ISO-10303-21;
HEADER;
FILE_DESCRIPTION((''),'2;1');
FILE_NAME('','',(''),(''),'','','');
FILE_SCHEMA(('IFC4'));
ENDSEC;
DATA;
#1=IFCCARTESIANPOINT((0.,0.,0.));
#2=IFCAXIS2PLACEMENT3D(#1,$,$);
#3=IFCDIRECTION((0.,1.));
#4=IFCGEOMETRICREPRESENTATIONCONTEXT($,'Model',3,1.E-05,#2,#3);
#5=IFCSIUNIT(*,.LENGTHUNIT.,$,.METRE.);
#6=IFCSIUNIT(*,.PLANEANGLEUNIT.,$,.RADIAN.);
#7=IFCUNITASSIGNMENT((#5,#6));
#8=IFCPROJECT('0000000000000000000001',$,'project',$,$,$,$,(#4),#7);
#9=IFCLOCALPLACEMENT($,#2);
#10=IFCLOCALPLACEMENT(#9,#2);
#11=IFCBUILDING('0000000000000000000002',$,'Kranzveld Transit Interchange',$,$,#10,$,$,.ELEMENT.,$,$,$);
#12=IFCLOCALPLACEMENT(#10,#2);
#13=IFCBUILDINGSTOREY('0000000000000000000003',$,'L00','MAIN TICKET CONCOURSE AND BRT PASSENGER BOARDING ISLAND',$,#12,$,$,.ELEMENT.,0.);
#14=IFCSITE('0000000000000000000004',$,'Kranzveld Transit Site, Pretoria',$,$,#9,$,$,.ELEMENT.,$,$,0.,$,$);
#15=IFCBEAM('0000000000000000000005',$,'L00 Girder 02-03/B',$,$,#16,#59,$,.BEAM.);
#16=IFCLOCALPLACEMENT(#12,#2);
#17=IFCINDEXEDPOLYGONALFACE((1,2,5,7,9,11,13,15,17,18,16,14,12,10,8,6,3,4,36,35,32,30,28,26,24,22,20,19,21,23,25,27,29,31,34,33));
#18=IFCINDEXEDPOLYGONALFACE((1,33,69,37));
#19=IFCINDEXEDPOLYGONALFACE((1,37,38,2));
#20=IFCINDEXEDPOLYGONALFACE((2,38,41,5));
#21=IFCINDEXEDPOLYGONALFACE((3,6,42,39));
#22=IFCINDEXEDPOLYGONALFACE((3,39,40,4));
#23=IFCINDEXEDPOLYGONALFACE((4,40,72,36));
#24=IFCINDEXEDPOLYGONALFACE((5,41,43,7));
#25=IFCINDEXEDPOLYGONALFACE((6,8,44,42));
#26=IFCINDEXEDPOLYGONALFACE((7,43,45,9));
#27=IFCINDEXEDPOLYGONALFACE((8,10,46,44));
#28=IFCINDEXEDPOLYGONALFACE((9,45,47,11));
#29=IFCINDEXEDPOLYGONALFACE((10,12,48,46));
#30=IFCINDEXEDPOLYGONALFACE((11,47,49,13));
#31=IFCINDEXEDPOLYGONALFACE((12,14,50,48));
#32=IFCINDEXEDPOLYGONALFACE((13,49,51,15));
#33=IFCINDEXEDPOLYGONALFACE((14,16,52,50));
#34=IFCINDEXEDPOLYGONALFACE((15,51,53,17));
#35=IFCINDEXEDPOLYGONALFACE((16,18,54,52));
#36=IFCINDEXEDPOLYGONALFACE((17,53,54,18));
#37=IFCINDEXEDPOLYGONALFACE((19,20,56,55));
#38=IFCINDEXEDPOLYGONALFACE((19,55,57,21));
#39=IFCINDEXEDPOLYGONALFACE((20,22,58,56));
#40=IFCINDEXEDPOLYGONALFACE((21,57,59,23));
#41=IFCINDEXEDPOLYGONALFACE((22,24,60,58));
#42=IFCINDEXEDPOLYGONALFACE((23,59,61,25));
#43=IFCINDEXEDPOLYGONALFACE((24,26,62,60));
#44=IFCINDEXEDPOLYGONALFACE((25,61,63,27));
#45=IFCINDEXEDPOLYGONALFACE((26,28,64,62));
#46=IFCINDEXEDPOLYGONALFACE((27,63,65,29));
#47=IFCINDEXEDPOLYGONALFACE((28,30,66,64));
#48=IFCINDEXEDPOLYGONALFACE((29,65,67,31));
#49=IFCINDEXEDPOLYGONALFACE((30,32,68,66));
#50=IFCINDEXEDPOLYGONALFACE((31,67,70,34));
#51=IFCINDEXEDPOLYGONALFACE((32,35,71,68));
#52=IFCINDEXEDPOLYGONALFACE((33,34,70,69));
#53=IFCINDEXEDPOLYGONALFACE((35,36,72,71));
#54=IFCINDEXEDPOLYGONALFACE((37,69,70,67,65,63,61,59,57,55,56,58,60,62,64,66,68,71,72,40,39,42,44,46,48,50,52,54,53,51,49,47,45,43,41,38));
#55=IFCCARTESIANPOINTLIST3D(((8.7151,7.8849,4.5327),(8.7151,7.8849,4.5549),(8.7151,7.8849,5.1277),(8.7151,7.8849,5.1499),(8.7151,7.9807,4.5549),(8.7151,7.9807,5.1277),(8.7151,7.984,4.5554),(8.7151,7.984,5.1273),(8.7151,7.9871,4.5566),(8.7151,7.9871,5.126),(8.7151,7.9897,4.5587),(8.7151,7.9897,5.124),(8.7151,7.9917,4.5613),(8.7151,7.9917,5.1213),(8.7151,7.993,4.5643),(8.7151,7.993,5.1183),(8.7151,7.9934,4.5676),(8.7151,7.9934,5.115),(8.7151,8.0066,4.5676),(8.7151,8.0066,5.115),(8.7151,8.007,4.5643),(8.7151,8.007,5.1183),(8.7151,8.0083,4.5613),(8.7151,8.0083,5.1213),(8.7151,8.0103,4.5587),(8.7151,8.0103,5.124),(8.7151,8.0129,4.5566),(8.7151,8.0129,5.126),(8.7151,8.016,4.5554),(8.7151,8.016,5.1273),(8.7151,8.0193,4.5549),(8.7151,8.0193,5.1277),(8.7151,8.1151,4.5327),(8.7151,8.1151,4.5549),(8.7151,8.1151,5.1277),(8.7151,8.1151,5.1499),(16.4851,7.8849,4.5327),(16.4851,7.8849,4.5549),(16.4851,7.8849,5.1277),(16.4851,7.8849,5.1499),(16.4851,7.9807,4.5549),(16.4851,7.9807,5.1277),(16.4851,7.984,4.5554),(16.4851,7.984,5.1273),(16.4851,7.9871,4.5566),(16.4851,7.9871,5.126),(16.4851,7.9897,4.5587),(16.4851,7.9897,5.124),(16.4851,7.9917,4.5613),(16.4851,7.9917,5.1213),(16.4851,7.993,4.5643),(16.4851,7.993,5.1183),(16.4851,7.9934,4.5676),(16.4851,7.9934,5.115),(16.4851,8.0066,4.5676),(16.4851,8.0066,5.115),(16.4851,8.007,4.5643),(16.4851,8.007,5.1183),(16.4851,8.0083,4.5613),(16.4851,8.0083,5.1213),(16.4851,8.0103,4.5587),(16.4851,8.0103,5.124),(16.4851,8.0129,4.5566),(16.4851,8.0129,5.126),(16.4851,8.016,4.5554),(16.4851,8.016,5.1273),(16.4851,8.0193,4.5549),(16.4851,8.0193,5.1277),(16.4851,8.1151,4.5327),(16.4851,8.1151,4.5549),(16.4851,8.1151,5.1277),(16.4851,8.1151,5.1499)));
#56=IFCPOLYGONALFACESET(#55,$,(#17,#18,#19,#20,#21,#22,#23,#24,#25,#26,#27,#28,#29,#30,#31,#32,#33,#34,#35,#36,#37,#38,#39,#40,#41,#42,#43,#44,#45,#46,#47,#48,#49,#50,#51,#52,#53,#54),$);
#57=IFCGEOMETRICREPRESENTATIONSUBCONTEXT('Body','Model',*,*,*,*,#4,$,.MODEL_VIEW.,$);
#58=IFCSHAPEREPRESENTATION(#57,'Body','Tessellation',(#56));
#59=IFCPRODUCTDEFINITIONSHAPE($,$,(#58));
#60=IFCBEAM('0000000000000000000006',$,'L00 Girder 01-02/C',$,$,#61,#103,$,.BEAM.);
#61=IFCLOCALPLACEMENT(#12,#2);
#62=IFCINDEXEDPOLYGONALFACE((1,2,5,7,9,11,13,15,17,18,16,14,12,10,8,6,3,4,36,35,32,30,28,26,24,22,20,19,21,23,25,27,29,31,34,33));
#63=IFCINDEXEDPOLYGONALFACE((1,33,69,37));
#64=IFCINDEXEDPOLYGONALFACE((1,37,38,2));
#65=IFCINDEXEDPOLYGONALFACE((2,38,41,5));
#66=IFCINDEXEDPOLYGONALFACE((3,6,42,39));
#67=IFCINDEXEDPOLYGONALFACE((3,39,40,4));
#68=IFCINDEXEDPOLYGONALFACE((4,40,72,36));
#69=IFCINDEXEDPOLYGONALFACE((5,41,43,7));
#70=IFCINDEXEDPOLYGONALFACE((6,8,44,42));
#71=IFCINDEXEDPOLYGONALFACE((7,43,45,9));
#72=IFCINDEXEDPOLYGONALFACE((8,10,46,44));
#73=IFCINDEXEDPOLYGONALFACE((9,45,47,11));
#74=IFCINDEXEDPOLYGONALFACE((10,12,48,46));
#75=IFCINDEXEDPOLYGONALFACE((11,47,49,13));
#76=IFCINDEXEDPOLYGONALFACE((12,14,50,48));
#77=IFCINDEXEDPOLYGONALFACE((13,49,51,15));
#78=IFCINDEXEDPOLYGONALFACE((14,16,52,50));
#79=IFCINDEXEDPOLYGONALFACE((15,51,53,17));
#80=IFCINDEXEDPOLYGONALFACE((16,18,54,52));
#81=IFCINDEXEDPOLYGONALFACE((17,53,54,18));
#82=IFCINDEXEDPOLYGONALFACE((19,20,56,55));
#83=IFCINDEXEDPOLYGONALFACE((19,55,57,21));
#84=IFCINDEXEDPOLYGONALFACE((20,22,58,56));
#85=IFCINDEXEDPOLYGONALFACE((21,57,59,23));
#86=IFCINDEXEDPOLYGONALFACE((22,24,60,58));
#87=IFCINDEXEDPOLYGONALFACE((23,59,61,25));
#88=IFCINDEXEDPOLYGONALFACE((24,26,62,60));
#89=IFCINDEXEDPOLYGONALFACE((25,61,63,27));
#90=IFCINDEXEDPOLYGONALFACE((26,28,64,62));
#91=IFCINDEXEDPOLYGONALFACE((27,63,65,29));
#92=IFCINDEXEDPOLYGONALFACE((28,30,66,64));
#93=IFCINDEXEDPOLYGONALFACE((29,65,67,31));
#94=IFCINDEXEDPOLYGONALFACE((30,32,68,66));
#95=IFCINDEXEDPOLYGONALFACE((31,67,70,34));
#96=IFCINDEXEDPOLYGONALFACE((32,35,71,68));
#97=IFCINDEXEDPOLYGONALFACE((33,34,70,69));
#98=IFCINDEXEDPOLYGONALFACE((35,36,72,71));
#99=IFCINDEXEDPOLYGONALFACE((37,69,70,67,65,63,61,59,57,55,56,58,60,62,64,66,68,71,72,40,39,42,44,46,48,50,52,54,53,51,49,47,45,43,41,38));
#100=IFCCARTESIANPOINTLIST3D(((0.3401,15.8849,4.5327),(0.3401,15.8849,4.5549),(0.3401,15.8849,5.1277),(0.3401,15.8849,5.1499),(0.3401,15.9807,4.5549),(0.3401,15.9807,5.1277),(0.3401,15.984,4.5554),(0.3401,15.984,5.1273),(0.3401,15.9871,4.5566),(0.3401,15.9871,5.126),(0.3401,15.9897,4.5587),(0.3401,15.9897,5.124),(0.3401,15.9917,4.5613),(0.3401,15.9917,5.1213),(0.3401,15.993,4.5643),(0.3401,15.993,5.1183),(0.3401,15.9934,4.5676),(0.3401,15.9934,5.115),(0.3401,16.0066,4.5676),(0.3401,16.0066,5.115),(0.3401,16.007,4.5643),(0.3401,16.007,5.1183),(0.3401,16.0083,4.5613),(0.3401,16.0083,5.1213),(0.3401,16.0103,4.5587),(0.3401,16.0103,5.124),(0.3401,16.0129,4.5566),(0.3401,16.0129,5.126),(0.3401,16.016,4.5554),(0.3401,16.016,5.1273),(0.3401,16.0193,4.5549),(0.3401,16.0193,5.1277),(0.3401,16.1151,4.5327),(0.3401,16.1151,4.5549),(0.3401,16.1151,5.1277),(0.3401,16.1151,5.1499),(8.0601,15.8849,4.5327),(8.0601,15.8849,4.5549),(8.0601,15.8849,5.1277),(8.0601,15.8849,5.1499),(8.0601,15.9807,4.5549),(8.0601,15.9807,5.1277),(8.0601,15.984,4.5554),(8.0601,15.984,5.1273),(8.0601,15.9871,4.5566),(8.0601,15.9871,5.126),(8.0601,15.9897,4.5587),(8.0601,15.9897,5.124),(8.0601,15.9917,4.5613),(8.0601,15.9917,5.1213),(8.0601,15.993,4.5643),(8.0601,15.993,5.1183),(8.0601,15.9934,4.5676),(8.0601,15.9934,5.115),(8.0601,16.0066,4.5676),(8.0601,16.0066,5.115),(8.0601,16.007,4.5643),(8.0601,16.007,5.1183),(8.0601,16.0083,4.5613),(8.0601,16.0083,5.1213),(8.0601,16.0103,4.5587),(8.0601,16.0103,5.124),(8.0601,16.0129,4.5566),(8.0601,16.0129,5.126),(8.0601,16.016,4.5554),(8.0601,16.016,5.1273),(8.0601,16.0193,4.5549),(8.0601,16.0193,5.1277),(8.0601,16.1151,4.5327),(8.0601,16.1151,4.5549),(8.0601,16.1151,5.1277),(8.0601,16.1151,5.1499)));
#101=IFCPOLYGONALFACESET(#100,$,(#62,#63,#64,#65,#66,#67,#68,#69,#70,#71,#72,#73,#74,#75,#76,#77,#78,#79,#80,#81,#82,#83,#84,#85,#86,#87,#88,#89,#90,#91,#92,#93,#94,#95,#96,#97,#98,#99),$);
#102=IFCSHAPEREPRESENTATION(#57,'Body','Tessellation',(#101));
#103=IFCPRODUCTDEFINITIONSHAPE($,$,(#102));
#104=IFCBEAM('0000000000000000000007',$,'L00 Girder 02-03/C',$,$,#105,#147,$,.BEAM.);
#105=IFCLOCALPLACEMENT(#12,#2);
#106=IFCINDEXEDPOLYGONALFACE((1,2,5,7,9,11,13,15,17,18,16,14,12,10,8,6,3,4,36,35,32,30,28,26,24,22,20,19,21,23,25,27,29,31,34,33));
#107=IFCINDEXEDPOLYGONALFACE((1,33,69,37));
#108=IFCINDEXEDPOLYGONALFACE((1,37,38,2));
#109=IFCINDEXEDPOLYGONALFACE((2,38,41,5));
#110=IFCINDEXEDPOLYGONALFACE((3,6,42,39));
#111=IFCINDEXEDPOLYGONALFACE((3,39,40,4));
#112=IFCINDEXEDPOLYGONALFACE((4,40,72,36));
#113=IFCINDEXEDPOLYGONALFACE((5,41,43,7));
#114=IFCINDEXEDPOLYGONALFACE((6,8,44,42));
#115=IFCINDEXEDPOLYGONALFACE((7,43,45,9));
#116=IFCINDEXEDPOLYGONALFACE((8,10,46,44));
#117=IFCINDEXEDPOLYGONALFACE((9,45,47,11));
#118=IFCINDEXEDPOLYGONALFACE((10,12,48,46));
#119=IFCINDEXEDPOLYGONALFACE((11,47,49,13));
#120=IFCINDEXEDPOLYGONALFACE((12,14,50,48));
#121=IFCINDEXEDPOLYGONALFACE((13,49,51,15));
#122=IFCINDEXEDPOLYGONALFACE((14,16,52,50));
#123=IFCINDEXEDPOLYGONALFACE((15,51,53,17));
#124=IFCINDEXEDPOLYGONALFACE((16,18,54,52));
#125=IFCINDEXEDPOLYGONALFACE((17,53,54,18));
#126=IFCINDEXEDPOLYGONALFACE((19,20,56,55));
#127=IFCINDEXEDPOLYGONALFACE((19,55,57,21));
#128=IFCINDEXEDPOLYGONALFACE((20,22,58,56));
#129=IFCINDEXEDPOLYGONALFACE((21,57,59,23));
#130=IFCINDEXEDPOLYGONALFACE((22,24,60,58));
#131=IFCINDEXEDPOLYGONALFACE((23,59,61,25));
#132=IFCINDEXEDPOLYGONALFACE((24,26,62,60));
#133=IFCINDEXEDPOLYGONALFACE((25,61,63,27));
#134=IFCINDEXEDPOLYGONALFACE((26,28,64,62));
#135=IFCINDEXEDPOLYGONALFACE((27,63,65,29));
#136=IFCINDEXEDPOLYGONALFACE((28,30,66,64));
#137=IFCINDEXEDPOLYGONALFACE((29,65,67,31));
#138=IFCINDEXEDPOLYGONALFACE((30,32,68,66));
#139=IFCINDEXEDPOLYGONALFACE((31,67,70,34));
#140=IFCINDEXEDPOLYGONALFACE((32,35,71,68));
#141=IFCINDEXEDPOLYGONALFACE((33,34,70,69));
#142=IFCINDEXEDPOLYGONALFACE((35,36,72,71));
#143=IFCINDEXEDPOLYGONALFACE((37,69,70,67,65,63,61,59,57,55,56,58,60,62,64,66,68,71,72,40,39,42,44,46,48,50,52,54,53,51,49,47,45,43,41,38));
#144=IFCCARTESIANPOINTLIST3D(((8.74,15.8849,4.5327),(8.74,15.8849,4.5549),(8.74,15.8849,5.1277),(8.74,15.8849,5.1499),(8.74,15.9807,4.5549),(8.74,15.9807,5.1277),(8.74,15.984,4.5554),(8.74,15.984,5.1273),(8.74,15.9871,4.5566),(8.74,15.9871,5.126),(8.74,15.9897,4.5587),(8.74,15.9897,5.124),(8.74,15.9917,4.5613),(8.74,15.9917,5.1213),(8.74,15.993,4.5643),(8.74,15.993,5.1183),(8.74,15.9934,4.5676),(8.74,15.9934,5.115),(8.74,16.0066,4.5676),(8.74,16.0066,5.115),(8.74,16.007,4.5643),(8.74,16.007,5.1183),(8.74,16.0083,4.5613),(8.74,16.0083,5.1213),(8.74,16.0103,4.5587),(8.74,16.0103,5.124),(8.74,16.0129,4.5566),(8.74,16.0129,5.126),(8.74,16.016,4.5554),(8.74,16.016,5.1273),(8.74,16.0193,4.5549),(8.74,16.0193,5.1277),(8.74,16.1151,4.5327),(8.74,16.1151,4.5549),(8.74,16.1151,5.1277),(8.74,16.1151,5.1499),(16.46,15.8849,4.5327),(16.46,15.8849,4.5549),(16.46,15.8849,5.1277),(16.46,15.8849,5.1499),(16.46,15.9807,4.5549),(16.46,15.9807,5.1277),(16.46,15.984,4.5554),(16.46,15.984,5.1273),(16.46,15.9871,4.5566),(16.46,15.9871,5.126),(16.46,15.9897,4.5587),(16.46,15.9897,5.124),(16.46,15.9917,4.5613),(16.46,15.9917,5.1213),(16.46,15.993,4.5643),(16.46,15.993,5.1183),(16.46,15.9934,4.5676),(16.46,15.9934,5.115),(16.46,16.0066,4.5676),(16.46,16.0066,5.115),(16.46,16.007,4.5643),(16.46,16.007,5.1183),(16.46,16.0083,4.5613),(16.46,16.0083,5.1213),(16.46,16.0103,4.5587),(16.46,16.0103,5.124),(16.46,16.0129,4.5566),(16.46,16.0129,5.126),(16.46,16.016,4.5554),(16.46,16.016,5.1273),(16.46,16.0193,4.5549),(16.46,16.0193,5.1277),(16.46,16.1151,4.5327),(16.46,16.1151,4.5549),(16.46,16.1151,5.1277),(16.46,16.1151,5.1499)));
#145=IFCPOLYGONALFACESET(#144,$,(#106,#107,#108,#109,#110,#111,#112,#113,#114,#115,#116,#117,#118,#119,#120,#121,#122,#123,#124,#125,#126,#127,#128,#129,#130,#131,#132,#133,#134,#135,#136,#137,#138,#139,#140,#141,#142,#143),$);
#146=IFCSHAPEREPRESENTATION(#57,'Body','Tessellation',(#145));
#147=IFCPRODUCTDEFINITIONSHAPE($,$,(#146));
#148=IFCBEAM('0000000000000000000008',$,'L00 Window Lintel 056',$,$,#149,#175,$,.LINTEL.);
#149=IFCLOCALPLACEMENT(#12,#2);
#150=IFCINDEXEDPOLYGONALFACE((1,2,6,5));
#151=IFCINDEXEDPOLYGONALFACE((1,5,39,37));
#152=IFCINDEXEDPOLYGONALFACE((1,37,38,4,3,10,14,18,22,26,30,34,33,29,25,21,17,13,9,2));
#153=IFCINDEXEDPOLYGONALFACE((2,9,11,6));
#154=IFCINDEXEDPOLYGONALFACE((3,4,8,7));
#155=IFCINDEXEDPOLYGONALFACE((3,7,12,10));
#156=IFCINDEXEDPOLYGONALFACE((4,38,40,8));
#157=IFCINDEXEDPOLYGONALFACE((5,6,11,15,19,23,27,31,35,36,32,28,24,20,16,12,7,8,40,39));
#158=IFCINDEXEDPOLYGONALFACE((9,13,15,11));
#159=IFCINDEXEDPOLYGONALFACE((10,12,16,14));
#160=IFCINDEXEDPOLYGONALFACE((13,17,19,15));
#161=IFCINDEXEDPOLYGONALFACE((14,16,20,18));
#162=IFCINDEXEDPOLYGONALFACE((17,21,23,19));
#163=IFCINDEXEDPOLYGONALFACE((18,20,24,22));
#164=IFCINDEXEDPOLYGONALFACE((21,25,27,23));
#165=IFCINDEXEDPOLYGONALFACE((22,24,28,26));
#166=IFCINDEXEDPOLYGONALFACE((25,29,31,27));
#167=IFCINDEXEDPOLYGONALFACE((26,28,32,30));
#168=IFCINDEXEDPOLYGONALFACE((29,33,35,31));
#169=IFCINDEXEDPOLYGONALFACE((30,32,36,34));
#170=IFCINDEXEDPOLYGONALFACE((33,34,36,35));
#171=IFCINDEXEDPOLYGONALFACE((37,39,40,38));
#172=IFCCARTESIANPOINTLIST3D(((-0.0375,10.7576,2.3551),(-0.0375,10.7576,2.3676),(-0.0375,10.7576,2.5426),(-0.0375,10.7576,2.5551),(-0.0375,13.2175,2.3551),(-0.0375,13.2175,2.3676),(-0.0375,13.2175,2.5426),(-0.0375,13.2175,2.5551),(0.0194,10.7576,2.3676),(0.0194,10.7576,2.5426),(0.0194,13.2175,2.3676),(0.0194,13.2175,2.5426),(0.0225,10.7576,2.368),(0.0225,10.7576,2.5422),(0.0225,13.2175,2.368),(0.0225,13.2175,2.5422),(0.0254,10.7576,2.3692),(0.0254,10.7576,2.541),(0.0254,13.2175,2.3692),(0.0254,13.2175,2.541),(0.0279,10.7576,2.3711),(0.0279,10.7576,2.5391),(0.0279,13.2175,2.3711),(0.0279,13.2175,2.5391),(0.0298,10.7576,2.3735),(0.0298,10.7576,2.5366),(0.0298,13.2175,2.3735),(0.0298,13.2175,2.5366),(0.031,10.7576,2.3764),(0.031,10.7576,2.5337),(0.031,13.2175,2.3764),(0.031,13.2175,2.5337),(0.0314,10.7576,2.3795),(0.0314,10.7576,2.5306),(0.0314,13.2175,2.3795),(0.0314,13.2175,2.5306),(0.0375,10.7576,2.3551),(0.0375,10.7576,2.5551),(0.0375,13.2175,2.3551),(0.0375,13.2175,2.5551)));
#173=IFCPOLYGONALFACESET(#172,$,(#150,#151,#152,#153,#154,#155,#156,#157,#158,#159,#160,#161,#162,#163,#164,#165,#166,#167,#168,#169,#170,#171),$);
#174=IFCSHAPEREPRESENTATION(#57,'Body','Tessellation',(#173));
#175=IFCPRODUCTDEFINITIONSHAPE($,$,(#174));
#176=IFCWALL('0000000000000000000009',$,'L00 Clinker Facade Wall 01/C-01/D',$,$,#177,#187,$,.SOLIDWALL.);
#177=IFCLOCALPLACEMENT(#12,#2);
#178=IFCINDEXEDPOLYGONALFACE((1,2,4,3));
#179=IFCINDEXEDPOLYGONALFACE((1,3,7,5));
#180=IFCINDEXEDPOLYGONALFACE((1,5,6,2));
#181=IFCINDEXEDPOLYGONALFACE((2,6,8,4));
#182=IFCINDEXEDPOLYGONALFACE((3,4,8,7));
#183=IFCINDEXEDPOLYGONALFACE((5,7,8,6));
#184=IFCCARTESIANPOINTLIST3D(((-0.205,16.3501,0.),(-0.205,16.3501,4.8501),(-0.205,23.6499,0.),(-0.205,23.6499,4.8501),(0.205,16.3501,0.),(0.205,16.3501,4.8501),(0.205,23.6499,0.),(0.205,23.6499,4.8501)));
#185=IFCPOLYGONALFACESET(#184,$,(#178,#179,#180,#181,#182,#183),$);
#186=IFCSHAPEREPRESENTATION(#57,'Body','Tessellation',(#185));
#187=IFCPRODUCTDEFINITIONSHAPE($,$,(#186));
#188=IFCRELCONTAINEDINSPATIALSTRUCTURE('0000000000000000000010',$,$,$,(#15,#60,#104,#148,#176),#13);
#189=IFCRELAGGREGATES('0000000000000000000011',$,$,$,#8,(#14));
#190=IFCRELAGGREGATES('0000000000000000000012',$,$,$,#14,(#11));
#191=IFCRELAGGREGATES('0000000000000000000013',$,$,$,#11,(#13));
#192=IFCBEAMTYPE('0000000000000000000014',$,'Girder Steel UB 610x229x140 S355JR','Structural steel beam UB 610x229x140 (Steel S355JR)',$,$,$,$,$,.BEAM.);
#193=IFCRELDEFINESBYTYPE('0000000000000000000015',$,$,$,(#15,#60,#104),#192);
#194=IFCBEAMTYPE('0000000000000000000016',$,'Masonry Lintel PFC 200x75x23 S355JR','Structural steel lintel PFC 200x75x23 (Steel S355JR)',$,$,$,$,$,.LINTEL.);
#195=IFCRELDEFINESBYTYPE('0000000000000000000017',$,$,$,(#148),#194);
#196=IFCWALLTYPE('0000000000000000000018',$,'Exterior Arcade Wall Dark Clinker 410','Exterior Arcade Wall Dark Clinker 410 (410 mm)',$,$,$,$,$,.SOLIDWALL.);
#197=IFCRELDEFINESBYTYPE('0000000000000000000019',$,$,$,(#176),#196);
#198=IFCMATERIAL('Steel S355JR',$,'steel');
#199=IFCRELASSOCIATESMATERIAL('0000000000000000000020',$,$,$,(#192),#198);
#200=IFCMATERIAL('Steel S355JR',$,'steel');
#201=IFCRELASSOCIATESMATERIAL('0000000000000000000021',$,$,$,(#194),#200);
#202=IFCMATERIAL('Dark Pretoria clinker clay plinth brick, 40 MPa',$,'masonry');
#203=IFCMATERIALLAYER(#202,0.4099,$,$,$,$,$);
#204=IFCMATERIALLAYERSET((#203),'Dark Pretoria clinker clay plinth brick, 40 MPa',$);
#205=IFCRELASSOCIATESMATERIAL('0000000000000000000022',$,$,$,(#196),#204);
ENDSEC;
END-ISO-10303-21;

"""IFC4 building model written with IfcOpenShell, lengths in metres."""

from ifc_helpers import new_model, si_unit, direction, frame, frame_2d, origin, origin_2d, place, context, subcontext, project, spatial, rectangle, i_section, u_section, extrude, material, layer, layer_set, material_profile, profile_set, type_object, element, save


model = new_model("IFC4")

# Units and contexts
model_context = context("Model", 3, precision=1e-05, world=origin(), true_north=direction((0.0, 1.0)))
body_context = subcontext(model_context, "Body", "Model", "MODEL_VIEW")
ifc_project = project(units=[si_unit("LENGTHUNIT", "METRE"), si_unit("PLANEANGLEUNIT", "RADIAN")], contexts=[model_context])

# Site, building, storey
site_placement = place(None, origin())
site = spatial("IfcSite", under=ifc_project, at=site_placement, Name="Kranzveld Transit Site, Pretoria", CompositionType="ELEMENT", RefElevation=0.0)
building_placement = place(site_placement, origin())
building = spatial("IfcBuilding", under=site, at=building_placement, Name="Kranzveld Transit Interchange", CompositionType="ELEMENT")
storey_placement = place(building_placement, origin())
storey = spatial("IfcBuildingStorey", under=building, at=storey_placement, Name="L00", Description="MAIN TICKET CONCOURSE AND BRT PASSENGER BOARDING ISLAND", CompositionType="ELEMENT", Elevation=0.0)

# Beams
ifc_material_1 = material(Name="Steel S355JR", Category="steel")
ifc_material_profile_1 = material_profile(ifc_material_1, i_section(OverallWidth=0.2302, OverallDepth=0.6172, WebThickness=0.0132, FlangeThickness=0.0222, FilletRadius=0.0127, at=origin_2d()), Name="UB 610x229x140")
ifc_profile_set_1 = profile_set([ifc_material_profile_1], Name="Steel S355JR")
beam_type_1 = type_object("IfcBeamType", Name="Girder Steel UB 610x229x140 S355JR", Description="Structural steel beam UB 610x229x140 (Steel S355JR)", PredefinedType="BEAM", material=ifc_profile_set_1)
for number, where, z_axis, x_axis, name in (
    (1, (8.7151, 8.0, 4.8413), (1.0, 0.0, 0.0), (0.0, 1.0, 0.0), "L00 Girder 02-03/B"),
):
    element("IfcBeam", number, at=place(storey_placement, frame(where, z_axis=z_axis, x_axis=x_axis)), inside=storey, type_object=beam_type_1, Name=name, PredefinedType="BEAM", context=body_context, shape_type="SweptSolid", body=[
        extrude(i_section(OverallWidth=0.2302, OverallDepth=0.6172, WebThickness=0.0132, FlangeThickness=0.0222, FilletRadius=0.0127, at=origin_2d()), origin(), (0.0, 0.0, 1.0), 7.77),
    ])
for number, where, z_axis, x_axis, name in (
    (2, (0.3401, 16.0, 4.8413), (1.0, 0.0, 0.0), (0.0, 1.0, 0.0), "L00 Girder 01-02/C"),
    (3, (8.74, 16.0, 4.8413), (1.0, 0.0, 0.0), (0.0, 1.0, 0.0), "L00 Girder 02-03/C"),
):
    element("IfcBeam", number, at=place(storey_placement, frame(where, z_axis=z_axis, x_axis=x_axis)), inside=storey, type_object=beam_type_1, Name=name, PredefinedType="BEAM", context=body_context, shape_type="SweptSolid", body=[
        extrude(i_section(OverallWidth=0.2302, OverallDepth=0.6172, WebThickness=0.0132, FlangeThickness=0.0222, FilletRadius=0.0127, at=origin_2d()), origin(), (0.0, 0.0, 1.0), 7.72),
    ])
ifc_material_2 = material(Name="Steel S355JR", Category="steel")
ifc_material_profile_2 = material_profile(ifc_material_2, u_section(Depth=0.2, FlangeWidth=0.075, WebThickness=0.0061, FlangeThickness=0.0125, FilletRadius=0.012, at=origin_2d()), Name="PFC 200x75x23")
ifc_profile_set_2 = profile_set([ifc_material_profile_2], Name="Steel S355JR")
beam_type_2 = type_object("IfcBeamType", Name="Masonry Lintel PFC 200x75x23 S355JR", Description="Structural steel lintel PFC 200x75x23 (Steel S355JR)", PredefinedType="LINTEL", material=ifc_profile_set_2)
beam_1_placement = place(storey_placement, frame((0.0, 10.7576, 2.4551), z_axis=(0.0, 1.0, 0.0), x_axis=(-1.0, 0.0, 0.0)))
element("IfcBeam", 4, at=beam_1_placement, inside=storey, type_object=beam_type_2, Name="L00 Window Lintel 056", PredefinedType="LINTEL", context=body_context, shape_type="SweptSolid", body=[
    extrude(u_section(Depth=0.2, FlangeWidth=0.075, WebThickness=0.0061, FlangeThickness=0.0125, FilletRadius=0.012, at=origin_2d()), origin(), (0.0, 0.0, 1.0), 2.46),
])

# Wall
ifc_material_3 = material(Name="Dark Pretoria clinker clay plinth brick, 40 MPa", Category="masonry")
ifc_layer_1 = layer(ifc_material_3, 0.4099)
ifc_layer_set_1 = layer_set([ifc_layer_1], Name="Dark Pretoria clinker clay plinth brick, 40 MPa")
wall_type_1 = type_object("IfcWallType", Name="Exterior Arcade Wall Dark Clinker 410", Description="Exterior Arcade Wall Dark Clinker 410 (410 mm)", PredefinedType="SOLIDWALL", material=ifc_layer_set_1)
wall_1_placement = place(storey_placement, frame((0.0, 16.3501, 0.0), z_axis=(0.0, 0.0, 1.0), x_axis=(0.0, 1.0, 0.0)))
element("IfcWall", 5, at=wall_1_placement, inside=storey, type_object=wall_type_1, Name="L00 Clinker Facade Wall 01/C-01/D", PredefinedType="SOLIDWALL", context=body_context, shape_type="SweptSolid", body=[
    extrude(rectangle(XDim=7.2998, YDim=0.4099, at=frame_2d((3.6499, 0.0))), origin(), (0.0, 0.0, 1.0), 4.8501),
])

save(model, "model.ifc")
